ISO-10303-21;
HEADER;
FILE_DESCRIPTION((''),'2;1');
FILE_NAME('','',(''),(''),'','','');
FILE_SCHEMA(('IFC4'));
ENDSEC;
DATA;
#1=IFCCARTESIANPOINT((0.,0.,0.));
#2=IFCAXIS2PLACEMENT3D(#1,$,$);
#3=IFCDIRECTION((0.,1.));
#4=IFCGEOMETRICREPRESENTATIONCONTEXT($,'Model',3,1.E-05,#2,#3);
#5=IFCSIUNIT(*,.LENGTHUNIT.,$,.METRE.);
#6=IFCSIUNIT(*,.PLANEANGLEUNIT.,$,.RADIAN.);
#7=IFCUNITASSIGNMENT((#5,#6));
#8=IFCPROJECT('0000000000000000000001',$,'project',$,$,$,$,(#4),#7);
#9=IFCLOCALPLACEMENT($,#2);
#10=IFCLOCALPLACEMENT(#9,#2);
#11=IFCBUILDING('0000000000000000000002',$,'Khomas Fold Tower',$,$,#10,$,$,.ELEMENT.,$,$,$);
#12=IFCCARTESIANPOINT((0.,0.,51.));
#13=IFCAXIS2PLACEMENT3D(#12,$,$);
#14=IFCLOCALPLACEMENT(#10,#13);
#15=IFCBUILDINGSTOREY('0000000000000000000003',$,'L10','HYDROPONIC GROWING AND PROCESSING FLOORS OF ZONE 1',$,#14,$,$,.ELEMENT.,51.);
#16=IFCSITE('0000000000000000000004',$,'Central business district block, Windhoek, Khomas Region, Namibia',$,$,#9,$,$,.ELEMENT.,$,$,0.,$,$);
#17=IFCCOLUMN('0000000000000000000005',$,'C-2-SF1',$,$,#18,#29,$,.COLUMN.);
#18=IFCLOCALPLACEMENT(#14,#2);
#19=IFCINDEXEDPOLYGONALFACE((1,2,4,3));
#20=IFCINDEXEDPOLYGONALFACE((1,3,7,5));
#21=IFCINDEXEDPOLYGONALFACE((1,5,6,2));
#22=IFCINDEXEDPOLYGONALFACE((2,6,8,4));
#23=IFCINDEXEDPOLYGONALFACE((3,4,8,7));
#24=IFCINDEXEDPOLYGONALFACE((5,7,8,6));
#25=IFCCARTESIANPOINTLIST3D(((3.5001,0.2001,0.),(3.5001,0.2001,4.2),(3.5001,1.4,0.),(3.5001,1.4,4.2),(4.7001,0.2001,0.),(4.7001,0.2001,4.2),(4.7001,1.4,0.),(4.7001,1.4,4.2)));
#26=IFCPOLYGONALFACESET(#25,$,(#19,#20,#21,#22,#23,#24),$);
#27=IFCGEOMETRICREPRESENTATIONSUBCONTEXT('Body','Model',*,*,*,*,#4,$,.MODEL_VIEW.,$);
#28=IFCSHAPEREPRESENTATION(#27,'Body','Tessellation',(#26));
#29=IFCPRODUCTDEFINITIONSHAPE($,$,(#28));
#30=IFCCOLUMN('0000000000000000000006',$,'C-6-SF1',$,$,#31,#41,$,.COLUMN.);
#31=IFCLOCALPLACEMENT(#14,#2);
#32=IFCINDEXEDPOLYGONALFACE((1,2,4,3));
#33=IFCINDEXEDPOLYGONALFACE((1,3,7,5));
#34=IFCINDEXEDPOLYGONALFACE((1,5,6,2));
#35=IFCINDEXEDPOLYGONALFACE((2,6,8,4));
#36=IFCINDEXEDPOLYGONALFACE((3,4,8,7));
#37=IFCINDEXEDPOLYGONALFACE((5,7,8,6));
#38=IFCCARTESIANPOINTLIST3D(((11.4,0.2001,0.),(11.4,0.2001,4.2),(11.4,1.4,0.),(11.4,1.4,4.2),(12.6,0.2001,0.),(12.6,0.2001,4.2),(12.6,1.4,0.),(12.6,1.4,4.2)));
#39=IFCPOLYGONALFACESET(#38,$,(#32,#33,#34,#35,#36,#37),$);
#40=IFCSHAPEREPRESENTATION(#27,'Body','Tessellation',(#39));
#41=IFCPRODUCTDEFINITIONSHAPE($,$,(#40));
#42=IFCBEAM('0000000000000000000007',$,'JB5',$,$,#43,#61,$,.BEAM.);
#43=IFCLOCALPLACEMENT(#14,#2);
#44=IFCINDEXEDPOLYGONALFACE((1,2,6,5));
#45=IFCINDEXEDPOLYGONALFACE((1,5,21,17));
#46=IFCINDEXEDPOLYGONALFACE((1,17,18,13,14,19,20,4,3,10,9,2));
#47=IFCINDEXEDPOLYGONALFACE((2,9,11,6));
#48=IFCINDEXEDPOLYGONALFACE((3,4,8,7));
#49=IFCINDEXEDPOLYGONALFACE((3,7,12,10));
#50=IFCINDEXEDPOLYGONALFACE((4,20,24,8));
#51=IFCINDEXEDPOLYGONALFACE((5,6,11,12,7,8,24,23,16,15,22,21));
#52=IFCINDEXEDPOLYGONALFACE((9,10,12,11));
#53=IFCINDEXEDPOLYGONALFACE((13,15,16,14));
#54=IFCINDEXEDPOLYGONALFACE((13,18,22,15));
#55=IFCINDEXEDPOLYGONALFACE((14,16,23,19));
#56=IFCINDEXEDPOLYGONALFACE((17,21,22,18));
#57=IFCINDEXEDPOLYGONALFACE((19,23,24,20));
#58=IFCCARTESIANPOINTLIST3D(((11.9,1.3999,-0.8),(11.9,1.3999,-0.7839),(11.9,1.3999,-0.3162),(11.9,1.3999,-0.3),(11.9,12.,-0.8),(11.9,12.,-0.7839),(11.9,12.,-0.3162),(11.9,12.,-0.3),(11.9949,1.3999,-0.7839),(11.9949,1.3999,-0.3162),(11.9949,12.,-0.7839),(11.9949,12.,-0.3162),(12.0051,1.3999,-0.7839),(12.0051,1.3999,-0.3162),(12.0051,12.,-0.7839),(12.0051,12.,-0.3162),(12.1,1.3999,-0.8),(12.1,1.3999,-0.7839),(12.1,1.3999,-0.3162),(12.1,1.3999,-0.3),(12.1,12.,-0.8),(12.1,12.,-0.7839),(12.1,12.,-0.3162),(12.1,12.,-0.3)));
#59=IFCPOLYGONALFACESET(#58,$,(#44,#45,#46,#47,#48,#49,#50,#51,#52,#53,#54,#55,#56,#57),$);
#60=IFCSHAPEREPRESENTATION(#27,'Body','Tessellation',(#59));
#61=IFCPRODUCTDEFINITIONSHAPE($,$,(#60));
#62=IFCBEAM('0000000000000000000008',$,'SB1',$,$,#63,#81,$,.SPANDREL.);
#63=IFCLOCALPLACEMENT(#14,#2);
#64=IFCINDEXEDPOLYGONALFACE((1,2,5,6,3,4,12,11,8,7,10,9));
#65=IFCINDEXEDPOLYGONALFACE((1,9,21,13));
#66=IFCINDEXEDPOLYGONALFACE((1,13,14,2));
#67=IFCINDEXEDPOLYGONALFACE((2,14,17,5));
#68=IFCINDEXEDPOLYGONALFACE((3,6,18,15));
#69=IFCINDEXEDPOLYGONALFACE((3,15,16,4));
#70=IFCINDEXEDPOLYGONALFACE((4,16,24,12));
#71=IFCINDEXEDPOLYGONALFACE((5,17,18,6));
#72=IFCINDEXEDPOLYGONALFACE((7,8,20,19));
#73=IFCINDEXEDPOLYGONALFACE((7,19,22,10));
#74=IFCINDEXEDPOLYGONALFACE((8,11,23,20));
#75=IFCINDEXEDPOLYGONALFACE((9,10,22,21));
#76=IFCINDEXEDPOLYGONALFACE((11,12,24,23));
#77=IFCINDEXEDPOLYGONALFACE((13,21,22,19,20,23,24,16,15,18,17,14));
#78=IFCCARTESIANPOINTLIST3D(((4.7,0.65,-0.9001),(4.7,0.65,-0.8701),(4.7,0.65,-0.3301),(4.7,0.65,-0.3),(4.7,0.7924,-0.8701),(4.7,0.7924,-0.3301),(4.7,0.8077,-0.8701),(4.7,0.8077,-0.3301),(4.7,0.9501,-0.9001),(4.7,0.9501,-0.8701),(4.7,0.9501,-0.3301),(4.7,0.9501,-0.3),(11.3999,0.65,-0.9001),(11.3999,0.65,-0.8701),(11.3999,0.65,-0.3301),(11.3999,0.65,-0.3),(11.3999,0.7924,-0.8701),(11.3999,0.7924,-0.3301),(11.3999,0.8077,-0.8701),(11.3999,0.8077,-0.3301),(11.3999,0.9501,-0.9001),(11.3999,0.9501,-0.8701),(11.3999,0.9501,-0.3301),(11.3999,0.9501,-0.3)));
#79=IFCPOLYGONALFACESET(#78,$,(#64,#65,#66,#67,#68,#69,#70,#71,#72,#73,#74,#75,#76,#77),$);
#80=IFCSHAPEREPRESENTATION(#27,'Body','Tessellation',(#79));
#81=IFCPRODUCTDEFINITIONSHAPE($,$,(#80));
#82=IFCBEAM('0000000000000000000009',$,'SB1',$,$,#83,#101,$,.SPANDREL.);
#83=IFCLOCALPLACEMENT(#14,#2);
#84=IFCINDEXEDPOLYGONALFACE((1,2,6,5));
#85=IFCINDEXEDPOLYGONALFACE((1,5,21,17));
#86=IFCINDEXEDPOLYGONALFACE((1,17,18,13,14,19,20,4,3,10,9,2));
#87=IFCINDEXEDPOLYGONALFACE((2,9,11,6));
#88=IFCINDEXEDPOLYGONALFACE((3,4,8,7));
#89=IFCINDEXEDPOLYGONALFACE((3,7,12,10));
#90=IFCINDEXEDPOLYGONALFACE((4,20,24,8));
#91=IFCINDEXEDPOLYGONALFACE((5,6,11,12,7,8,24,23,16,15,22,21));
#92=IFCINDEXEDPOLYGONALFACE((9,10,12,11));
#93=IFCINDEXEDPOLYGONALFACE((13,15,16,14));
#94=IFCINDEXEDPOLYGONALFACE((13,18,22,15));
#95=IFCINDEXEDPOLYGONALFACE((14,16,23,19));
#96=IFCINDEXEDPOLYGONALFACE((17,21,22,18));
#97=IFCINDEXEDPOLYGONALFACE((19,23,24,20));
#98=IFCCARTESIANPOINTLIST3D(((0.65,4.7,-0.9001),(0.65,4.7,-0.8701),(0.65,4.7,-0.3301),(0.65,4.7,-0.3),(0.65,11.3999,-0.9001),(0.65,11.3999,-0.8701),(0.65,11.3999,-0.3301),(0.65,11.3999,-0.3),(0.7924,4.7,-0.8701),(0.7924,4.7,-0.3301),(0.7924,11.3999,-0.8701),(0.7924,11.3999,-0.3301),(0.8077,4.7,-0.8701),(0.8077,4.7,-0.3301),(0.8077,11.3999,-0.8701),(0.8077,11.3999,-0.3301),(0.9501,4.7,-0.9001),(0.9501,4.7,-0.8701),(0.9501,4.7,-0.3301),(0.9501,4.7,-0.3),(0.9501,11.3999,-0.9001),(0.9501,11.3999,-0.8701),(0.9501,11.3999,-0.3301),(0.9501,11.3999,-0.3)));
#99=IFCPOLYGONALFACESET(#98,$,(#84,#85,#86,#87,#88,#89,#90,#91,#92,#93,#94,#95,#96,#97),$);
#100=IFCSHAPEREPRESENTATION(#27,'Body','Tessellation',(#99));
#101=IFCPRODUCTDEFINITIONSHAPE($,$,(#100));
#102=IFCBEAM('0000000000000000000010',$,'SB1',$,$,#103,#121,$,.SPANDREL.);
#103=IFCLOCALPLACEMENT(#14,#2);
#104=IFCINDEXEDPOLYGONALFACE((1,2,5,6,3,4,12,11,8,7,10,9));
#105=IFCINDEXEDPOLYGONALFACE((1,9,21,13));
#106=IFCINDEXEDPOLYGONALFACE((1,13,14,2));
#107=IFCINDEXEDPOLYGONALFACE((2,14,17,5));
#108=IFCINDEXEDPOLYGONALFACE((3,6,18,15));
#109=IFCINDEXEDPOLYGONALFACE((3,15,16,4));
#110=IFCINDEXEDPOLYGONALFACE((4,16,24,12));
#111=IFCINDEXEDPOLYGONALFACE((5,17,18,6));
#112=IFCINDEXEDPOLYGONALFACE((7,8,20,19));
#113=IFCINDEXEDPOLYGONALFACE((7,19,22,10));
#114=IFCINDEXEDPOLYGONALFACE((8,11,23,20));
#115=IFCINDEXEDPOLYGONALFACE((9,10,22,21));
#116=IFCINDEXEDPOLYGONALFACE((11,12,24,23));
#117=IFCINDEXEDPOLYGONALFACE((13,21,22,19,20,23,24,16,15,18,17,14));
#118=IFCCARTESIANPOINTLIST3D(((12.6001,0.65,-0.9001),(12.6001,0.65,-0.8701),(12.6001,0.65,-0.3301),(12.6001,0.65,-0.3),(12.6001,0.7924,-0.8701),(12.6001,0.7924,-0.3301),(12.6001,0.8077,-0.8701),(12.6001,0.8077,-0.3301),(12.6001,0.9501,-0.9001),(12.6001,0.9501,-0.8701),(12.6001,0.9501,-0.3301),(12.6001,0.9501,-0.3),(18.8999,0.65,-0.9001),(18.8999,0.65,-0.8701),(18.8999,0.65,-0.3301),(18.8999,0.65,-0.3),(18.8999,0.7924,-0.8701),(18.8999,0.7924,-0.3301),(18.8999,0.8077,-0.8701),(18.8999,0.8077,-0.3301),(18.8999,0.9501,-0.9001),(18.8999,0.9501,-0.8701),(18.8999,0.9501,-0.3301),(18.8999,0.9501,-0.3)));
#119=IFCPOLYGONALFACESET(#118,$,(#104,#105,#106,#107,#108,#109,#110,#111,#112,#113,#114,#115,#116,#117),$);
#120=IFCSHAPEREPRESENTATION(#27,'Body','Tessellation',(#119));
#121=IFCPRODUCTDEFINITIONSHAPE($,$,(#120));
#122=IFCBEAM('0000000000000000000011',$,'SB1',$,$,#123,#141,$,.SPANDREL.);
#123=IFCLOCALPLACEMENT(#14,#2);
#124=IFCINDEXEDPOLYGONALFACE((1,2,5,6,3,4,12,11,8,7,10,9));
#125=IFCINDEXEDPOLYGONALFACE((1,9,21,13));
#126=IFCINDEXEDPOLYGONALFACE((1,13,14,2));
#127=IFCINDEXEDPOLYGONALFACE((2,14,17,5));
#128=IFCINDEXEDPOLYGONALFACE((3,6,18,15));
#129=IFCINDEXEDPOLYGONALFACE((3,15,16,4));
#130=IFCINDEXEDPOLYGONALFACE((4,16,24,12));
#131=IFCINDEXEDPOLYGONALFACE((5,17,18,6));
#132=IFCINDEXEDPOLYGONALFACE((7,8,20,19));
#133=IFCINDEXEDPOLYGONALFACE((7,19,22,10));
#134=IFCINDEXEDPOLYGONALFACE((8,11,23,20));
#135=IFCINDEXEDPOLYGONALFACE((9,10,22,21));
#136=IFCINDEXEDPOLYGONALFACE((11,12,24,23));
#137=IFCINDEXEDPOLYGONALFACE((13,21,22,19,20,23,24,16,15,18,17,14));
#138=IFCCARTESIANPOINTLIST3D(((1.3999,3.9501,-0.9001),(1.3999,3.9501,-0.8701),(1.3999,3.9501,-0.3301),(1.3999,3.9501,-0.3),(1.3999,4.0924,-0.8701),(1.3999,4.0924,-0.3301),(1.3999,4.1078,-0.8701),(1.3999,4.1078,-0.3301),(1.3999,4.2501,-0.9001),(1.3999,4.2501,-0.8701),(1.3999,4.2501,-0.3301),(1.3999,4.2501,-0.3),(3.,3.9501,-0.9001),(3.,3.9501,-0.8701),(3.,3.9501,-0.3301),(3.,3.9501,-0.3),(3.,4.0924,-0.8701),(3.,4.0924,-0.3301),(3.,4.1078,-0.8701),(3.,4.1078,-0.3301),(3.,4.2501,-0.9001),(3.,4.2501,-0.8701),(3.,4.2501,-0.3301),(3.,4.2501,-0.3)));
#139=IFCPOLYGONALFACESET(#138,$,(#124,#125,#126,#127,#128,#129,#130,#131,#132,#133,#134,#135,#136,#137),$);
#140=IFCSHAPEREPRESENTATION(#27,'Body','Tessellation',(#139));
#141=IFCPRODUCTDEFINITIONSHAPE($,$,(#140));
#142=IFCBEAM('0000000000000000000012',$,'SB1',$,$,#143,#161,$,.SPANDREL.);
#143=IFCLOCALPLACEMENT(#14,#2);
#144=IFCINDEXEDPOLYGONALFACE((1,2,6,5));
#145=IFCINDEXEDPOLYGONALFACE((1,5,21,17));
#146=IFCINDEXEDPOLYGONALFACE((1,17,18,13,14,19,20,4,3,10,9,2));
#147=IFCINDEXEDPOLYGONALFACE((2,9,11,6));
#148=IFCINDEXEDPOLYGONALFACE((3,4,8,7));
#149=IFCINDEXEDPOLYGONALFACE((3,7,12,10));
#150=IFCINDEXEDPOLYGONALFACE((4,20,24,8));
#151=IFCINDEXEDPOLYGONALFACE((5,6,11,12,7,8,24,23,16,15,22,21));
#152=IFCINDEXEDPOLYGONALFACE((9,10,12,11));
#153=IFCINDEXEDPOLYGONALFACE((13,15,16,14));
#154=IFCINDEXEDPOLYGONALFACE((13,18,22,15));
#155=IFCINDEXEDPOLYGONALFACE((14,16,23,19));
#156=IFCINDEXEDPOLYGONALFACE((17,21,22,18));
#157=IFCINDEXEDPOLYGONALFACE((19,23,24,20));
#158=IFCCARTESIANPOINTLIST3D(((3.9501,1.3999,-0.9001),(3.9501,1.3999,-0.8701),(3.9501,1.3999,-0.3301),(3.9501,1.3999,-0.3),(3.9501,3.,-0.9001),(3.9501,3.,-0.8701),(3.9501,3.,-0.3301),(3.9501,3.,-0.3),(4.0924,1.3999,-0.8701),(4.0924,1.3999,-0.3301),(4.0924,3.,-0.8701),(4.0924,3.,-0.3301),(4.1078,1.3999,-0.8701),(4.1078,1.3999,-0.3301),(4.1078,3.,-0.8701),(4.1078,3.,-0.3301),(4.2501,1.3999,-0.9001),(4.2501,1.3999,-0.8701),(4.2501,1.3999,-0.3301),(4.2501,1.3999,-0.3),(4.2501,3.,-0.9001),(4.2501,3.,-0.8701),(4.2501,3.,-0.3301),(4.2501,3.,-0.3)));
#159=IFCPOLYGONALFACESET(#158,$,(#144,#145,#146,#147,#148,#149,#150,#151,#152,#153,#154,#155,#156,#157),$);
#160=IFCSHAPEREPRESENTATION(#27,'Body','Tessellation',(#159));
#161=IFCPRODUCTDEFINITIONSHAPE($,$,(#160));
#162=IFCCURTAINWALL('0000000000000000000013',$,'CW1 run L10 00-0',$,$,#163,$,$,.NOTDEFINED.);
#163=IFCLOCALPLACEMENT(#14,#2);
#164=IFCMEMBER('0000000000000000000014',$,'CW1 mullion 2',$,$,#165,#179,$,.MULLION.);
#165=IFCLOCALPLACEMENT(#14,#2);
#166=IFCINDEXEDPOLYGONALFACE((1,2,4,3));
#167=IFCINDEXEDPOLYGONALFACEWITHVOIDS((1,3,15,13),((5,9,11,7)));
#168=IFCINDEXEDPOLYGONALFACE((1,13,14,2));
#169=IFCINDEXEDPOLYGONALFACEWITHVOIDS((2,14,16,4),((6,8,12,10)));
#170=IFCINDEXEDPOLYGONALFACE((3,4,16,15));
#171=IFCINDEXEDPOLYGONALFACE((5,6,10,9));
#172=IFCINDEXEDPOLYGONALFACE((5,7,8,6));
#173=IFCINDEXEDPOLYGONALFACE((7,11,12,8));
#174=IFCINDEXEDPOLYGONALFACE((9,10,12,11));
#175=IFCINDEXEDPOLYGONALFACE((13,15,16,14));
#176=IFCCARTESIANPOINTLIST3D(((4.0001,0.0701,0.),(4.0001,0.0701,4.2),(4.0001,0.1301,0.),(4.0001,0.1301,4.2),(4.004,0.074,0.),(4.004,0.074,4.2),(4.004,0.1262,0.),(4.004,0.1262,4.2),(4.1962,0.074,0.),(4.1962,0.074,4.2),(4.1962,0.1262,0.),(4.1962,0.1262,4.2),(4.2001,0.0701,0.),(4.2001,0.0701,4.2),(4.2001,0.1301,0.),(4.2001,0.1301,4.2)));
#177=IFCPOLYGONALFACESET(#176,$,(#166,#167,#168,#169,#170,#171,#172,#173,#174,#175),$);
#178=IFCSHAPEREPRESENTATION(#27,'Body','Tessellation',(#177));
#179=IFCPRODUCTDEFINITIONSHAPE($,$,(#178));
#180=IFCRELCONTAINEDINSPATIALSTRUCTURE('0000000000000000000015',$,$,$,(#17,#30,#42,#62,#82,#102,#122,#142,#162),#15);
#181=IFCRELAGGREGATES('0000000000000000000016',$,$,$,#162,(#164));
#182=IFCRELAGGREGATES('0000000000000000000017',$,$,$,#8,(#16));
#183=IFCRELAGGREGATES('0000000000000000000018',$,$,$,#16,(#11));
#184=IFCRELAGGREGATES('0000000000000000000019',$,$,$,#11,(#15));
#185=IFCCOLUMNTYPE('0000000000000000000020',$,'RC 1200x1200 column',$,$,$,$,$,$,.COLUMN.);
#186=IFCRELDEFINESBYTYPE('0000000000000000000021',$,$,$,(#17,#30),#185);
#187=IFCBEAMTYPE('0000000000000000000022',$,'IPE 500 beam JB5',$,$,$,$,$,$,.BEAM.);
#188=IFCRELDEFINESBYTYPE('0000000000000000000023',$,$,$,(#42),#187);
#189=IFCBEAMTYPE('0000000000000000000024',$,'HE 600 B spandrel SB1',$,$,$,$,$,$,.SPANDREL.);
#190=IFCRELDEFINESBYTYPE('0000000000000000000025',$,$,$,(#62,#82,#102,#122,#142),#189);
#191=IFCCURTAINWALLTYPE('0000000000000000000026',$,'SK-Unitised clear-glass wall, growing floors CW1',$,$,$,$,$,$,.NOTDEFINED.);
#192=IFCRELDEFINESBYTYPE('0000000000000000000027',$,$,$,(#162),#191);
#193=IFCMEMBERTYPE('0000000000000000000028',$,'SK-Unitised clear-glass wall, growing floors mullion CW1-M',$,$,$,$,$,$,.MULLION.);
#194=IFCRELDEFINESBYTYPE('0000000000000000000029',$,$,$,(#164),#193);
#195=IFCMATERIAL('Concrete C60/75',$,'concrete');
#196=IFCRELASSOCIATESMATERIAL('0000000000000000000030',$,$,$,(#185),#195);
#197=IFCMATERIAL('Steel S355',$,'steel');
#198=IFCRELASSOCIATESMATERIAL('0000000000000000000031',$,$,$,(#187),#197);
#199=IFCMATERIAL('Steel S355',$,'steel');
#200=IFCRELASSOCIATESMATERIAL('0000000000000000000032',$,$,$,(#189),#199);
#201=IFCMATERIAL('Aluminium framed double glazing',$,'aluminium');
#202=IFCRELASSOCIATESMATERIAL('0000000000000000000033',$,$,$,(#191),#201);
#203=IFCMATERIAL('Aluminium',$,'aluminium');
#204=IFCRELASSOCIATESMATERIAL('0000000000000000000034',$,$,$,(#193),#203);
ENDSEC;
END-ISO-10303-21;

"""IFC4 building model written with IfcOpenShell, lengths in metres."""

from ifc_helpers import new_model, si_unit, direction, frame, origin, origin_2d, place, context, subcontext, project, spatial, rectangle, hollow_rectangle, i_section, extrude, source, transform, mapped, material, material_profile, profile_set, type_object, element, aggregate, save


model = new_model("IFC4")

# Units and contexts
model_context = context("Model", 3, precision=1e-05, world=origin(), true_north=direction((0.0, 1.0)))
body_context = subcontext(model_context, "Body", "Model", "MODEL_VIEW")
ifc_project = project(units=[si_unit("LENGTHUNIT", "METRE"), si_unit("PLANEANGLEUNIT", "RADIAN")], contexts=[model_context])

# Site, building, storey
site_placement = place(None, origin())
site = spatial("IfcSite", under=ifc_project, at=site_placement, Name="Central business district block, Windhoek, Khomas Region, Namibia", CompositionType="ELEMENT", RefElevation=0.0)
building_placement = place(site_placement, origin())
building = spatial("IfcBuilding", under=site, at=building_placement, Name="Khomas Fold Tower", CompositionType="ELEMENT")
storey_placement = place(building_placement, frame((0.0, 0.0, 51.0)))
storey = spatial("IfcBuildingStorey", under=building, at=storey_placement, Name="L10", Description="HYDROPONIC GROWING AND PROCESSING FLOORS OF ZONE 1", CompositionType="ELEMENT", Elevation=51.0)

# Columns
ifc_material_1 = material(Name="Concrete C60/75", Category="concrete")
ifc_material_profile_1 = material_profile(ifc_material_1, rectangle(XDim=1.2, YDim=1.2, at=origin_2d()), Name="RC 1200x1200")
ifc_profile_set_1 = profile_set([ifc_material_profile_1], Name="Concrete C60/75")
column_type = type_object("IfcColumnType", Name="RC 1200x1200 column", PredefinedType="COLUMN", material=ifc_profile_set_1)
shared_shape_1 = source(origin(), body_context, "Body", "SweptSolid", [
    extrude(rectangle(XDim=1.2, YDim=1.2, at=origin_2d()), origin(), (0.0, 0.0, 1.0), 4.2),
])
for number, where, z_axis, x_axis, name in (
    (1, (4.1001, 0.8, 0.0), (0.0, 0.0, 1.0), (1.0, 0.0, 0.0), "C-2-SF1"),
    (2, (12.0, 0.8, 0.0), (0.0, 0.0, 1.0), (1.0, 0.0, 0.0), "C-6-SF1"),
):
    element("IfcColumn", number, at=place(storey_placement, frame(where, z_axis=z_axis, x_axis=x_axis)), inside=storey, type_object=column_type, Name=name, PredefinedType="COLUMN", context=body_context, shape_type="MappedRepresentation", body=[
        mapped(shared_shape_1, transform((0.0, 0.0, 0.0))),
    ])

# Beams
ifc_material_2 = material(Name="Steel S355", Category="steel")
ifc_material_profile_2 = material_profile(ifc_material_2, i_section(OverallWidth=0.2, OverallDepth=0.5, WebThickness=0.0103, FlangeThickness=0.0161, at=origin_2d()), Name="IPE 500")
ifc_profile_set_2 = profile_set([ifc_material_profile_2], Name="Steel S355")
beam_type_1 = type_object("IfcBeamType", Name="IPE 500 beam JB5", PredefinedType="BEAM", material=ifc_profile_set_2)
shared_shape_2 = source(origin(), body_context, "Body", "SweptSolid", [
    extrude(i_section(OverallWidth=0.2, OverallDepth=0.5, WebThickness=0.0103, FlangeThickness=0.0161, at=origin_2d()), origin(), (0.0, 0.0, 1.0), 10.6001),
])
beam_1_placement = place(storey_placement, frame((12.0, 1.3999, -0.55), z_axis=(0.0, 1.0, 0.0), x_axis=(-1.0, 0.0, 0.0)))
element("IfcBeam", 3, at=beam_1_placement, inside=storey, type_object=beam_type_1, Name="JB5", PredefinedType="BEAM", context=body_context, shape_type="MappedRepresentation", body=[
    mapped(shared_shape_2, transform((0.0, 0.0, 0.0))),
])
ifc_material_3 = material(Name="Steel S355", Category="steel")
ifc_material_profile_3 = material_profile(ifc_material_3, i_section(OverallWidth=0.3, OverallDepth=0.6001, WebThickness=0.0154, FlangeThickness=0.03, at=origin_2d()), Name="HE 600 B")
ifc_profile_set_3 = profile_set([ifc_material_profile_3], Name="Steel S355")
beam_type_2 = type_object("IfcBeamType", Name="HE 600 B spandrel SB1", PredefinedType="SPANDREL", material=ifc_profile_set_3)
shared_shape_3 = source(origin(), body_context, "Body", "SweptSolid", [
    extrude(i_section(OverallWidth=0.3, OverallDepth=0.6001, WebThickness=0.0154, FlangeThickness=0.03, at=origin_2d()), origin(), (0.0, 0.0, 1.0), 6.7),
])
for number, where, z_axis, x_axis, name in (
    (4, (4.7, 0.8, -0.6001), (1.0, 0.0, 0.0), (0.0, 1.0, 0.0), "SB1"),
    (5, (0.8, 4.7, -0.6001), (0.0, 1.0, 0.0), (-1.0, 0.0, 0.0), "SB1"),
):
    element("IfcBeam", number, at=place(storey_placement, frame(where, z_axis=z_axis, x_axis=x_axis)), inside=storey, type_object=beam_type_2, Name=name, PredefinedType="SPANDREL", context=body_context, shape_type="MappedRepresentation", body=[
        mapped(shared_shape_3, transform((0.0, 0.0, 0.0))),
    ])
shared_shape_4 = source(origin(), body_context, "Body", "SweptSolid", [
    extrude(i_section(OverallWidth=0.3, OverallDepth=0.6001, WebThickness=0.0154, FlangeThickness=0.03, at=origin_2d()), origin(), (0.0, 0.0, 1.0), 6.2998),
])
beam_2_placement = place(storey_placement, frame((12.6001, 0.8, -0.6001), z_axis=(1.0, 0.0, 0.0), x_axis=(0.0, 1.0, 0.0)))
element("IfcBeam", 6, at=beam_2_placement, inside=storey, type_object=beam_type_2, Name="SB1", PredefinedType="SPANDREL", context=body_context, shape_type="MappedRepresentation", body=[
    mapped(shared_shape_4, transform((0.0, 0.0, 0.0))),
])
shared_shape_5 = source(origin(), body_context, "Body", "SweptSolid", [
    extrude(i_section(OverallWidth=0.3, OverallDepth=0.6001, WebThickness=0.0154, FlangeThickness=0.03, at=origin_2d()), origin(), (0.0, 0.0, 1.0), 1.6001),
])
for number, where, z_axis, x_axis, name in (
    (7, (1.3999, 4.1001, -0.6001), (1.0, 0.0, 0.0), (0.0, 1.0, 0.0), "SB1"),
    (8, (4.1001, 1.3999, -0.6001), (0.0, 1.0, 0.0), (-1.0, 0.0, 0.0), "SB1"),
):
    element("IfcBeam", number, at=place(storey_placement, frame(where, z_axis=z_axis, x_axis=x_axis)), inside=storey, type_object=beam_type_2, Name=name, PredefinedType="SPANDREL", context=body_context, shape_type="MappedRepresentation", body=[
        mapped(shared_shape_5, transform((0.0, 0.0, 0.0))),
    ])

# Curtain wall, member
ifc_material_4 = material(Name="Aluminium framed double glazing", Category="aluminium")
curtain_wall_type = type_object("IfcCurtainWallType", Name="SK-Unitised clear-glass wall, growing floors CW1", PredefinedType="NOTDEFINED", material=ifc_material_4)
curtain_wall_1_placement = place(storey_placement, origin())
curtain_wall_1 = element("IfcCurtainWall", 9, at=curtain_wall_1_placement, inside=storey, type_object=curtain_wall_type, Name="CW1 run L10 00-0", PredefinedType="NOTDEFINED")
ifc_material_5 = material(Name="Aluminium", Category="aluminium")
ifc_material_profile_4 = material_profile(ifc_material_5, hollow_rectangle(XDim=0.0601, YDim=0.2, WallThickness=0.0039, at=origin_2d()), Name="SK-Unitised clear-glass wall, growing floors mullion CW1-M")
ifc_profile_set_4 = profile_set([ifc_material_profile_4], Name="Aluminium")
member_type = type_object("IfcMemberType", Name="SK-Unitised clear-glass wall, growing floors mullion CW1-M", PredefinedType="MULLION", material=ifc_profile_set_4)
shared_shape_6 = source(origin(), body_context, "Body", "SweptSolid", [
    extrude(hollow_rectangle(XDim=0.0601, YDim=0.2, WallThickness=0.0039, at=origin_2d()), origin(), (0.0, 0.0, 1.0), 4.2),
])
member_1_placement = place(storey_placement, frame((4.1001, 0.1001, 0.0), z_axis=(0.0, 0.0, 1.0), x_axis=(0.0, 1.0, 0.0)))
member_1 = element("IfcMember", 10, at=member_1_placement, type_object=member_type, Name="CW1 mullion 2", PredefinedType="MULLION", context=body_context, shape_type="MappedRepresentation", body=[
    mapped(shared_shape_6, transform((0.0, 0.0, 0.0))),
])

aggregate(curtain_wall_1, [member_1])

save(model, "model.ifc")
